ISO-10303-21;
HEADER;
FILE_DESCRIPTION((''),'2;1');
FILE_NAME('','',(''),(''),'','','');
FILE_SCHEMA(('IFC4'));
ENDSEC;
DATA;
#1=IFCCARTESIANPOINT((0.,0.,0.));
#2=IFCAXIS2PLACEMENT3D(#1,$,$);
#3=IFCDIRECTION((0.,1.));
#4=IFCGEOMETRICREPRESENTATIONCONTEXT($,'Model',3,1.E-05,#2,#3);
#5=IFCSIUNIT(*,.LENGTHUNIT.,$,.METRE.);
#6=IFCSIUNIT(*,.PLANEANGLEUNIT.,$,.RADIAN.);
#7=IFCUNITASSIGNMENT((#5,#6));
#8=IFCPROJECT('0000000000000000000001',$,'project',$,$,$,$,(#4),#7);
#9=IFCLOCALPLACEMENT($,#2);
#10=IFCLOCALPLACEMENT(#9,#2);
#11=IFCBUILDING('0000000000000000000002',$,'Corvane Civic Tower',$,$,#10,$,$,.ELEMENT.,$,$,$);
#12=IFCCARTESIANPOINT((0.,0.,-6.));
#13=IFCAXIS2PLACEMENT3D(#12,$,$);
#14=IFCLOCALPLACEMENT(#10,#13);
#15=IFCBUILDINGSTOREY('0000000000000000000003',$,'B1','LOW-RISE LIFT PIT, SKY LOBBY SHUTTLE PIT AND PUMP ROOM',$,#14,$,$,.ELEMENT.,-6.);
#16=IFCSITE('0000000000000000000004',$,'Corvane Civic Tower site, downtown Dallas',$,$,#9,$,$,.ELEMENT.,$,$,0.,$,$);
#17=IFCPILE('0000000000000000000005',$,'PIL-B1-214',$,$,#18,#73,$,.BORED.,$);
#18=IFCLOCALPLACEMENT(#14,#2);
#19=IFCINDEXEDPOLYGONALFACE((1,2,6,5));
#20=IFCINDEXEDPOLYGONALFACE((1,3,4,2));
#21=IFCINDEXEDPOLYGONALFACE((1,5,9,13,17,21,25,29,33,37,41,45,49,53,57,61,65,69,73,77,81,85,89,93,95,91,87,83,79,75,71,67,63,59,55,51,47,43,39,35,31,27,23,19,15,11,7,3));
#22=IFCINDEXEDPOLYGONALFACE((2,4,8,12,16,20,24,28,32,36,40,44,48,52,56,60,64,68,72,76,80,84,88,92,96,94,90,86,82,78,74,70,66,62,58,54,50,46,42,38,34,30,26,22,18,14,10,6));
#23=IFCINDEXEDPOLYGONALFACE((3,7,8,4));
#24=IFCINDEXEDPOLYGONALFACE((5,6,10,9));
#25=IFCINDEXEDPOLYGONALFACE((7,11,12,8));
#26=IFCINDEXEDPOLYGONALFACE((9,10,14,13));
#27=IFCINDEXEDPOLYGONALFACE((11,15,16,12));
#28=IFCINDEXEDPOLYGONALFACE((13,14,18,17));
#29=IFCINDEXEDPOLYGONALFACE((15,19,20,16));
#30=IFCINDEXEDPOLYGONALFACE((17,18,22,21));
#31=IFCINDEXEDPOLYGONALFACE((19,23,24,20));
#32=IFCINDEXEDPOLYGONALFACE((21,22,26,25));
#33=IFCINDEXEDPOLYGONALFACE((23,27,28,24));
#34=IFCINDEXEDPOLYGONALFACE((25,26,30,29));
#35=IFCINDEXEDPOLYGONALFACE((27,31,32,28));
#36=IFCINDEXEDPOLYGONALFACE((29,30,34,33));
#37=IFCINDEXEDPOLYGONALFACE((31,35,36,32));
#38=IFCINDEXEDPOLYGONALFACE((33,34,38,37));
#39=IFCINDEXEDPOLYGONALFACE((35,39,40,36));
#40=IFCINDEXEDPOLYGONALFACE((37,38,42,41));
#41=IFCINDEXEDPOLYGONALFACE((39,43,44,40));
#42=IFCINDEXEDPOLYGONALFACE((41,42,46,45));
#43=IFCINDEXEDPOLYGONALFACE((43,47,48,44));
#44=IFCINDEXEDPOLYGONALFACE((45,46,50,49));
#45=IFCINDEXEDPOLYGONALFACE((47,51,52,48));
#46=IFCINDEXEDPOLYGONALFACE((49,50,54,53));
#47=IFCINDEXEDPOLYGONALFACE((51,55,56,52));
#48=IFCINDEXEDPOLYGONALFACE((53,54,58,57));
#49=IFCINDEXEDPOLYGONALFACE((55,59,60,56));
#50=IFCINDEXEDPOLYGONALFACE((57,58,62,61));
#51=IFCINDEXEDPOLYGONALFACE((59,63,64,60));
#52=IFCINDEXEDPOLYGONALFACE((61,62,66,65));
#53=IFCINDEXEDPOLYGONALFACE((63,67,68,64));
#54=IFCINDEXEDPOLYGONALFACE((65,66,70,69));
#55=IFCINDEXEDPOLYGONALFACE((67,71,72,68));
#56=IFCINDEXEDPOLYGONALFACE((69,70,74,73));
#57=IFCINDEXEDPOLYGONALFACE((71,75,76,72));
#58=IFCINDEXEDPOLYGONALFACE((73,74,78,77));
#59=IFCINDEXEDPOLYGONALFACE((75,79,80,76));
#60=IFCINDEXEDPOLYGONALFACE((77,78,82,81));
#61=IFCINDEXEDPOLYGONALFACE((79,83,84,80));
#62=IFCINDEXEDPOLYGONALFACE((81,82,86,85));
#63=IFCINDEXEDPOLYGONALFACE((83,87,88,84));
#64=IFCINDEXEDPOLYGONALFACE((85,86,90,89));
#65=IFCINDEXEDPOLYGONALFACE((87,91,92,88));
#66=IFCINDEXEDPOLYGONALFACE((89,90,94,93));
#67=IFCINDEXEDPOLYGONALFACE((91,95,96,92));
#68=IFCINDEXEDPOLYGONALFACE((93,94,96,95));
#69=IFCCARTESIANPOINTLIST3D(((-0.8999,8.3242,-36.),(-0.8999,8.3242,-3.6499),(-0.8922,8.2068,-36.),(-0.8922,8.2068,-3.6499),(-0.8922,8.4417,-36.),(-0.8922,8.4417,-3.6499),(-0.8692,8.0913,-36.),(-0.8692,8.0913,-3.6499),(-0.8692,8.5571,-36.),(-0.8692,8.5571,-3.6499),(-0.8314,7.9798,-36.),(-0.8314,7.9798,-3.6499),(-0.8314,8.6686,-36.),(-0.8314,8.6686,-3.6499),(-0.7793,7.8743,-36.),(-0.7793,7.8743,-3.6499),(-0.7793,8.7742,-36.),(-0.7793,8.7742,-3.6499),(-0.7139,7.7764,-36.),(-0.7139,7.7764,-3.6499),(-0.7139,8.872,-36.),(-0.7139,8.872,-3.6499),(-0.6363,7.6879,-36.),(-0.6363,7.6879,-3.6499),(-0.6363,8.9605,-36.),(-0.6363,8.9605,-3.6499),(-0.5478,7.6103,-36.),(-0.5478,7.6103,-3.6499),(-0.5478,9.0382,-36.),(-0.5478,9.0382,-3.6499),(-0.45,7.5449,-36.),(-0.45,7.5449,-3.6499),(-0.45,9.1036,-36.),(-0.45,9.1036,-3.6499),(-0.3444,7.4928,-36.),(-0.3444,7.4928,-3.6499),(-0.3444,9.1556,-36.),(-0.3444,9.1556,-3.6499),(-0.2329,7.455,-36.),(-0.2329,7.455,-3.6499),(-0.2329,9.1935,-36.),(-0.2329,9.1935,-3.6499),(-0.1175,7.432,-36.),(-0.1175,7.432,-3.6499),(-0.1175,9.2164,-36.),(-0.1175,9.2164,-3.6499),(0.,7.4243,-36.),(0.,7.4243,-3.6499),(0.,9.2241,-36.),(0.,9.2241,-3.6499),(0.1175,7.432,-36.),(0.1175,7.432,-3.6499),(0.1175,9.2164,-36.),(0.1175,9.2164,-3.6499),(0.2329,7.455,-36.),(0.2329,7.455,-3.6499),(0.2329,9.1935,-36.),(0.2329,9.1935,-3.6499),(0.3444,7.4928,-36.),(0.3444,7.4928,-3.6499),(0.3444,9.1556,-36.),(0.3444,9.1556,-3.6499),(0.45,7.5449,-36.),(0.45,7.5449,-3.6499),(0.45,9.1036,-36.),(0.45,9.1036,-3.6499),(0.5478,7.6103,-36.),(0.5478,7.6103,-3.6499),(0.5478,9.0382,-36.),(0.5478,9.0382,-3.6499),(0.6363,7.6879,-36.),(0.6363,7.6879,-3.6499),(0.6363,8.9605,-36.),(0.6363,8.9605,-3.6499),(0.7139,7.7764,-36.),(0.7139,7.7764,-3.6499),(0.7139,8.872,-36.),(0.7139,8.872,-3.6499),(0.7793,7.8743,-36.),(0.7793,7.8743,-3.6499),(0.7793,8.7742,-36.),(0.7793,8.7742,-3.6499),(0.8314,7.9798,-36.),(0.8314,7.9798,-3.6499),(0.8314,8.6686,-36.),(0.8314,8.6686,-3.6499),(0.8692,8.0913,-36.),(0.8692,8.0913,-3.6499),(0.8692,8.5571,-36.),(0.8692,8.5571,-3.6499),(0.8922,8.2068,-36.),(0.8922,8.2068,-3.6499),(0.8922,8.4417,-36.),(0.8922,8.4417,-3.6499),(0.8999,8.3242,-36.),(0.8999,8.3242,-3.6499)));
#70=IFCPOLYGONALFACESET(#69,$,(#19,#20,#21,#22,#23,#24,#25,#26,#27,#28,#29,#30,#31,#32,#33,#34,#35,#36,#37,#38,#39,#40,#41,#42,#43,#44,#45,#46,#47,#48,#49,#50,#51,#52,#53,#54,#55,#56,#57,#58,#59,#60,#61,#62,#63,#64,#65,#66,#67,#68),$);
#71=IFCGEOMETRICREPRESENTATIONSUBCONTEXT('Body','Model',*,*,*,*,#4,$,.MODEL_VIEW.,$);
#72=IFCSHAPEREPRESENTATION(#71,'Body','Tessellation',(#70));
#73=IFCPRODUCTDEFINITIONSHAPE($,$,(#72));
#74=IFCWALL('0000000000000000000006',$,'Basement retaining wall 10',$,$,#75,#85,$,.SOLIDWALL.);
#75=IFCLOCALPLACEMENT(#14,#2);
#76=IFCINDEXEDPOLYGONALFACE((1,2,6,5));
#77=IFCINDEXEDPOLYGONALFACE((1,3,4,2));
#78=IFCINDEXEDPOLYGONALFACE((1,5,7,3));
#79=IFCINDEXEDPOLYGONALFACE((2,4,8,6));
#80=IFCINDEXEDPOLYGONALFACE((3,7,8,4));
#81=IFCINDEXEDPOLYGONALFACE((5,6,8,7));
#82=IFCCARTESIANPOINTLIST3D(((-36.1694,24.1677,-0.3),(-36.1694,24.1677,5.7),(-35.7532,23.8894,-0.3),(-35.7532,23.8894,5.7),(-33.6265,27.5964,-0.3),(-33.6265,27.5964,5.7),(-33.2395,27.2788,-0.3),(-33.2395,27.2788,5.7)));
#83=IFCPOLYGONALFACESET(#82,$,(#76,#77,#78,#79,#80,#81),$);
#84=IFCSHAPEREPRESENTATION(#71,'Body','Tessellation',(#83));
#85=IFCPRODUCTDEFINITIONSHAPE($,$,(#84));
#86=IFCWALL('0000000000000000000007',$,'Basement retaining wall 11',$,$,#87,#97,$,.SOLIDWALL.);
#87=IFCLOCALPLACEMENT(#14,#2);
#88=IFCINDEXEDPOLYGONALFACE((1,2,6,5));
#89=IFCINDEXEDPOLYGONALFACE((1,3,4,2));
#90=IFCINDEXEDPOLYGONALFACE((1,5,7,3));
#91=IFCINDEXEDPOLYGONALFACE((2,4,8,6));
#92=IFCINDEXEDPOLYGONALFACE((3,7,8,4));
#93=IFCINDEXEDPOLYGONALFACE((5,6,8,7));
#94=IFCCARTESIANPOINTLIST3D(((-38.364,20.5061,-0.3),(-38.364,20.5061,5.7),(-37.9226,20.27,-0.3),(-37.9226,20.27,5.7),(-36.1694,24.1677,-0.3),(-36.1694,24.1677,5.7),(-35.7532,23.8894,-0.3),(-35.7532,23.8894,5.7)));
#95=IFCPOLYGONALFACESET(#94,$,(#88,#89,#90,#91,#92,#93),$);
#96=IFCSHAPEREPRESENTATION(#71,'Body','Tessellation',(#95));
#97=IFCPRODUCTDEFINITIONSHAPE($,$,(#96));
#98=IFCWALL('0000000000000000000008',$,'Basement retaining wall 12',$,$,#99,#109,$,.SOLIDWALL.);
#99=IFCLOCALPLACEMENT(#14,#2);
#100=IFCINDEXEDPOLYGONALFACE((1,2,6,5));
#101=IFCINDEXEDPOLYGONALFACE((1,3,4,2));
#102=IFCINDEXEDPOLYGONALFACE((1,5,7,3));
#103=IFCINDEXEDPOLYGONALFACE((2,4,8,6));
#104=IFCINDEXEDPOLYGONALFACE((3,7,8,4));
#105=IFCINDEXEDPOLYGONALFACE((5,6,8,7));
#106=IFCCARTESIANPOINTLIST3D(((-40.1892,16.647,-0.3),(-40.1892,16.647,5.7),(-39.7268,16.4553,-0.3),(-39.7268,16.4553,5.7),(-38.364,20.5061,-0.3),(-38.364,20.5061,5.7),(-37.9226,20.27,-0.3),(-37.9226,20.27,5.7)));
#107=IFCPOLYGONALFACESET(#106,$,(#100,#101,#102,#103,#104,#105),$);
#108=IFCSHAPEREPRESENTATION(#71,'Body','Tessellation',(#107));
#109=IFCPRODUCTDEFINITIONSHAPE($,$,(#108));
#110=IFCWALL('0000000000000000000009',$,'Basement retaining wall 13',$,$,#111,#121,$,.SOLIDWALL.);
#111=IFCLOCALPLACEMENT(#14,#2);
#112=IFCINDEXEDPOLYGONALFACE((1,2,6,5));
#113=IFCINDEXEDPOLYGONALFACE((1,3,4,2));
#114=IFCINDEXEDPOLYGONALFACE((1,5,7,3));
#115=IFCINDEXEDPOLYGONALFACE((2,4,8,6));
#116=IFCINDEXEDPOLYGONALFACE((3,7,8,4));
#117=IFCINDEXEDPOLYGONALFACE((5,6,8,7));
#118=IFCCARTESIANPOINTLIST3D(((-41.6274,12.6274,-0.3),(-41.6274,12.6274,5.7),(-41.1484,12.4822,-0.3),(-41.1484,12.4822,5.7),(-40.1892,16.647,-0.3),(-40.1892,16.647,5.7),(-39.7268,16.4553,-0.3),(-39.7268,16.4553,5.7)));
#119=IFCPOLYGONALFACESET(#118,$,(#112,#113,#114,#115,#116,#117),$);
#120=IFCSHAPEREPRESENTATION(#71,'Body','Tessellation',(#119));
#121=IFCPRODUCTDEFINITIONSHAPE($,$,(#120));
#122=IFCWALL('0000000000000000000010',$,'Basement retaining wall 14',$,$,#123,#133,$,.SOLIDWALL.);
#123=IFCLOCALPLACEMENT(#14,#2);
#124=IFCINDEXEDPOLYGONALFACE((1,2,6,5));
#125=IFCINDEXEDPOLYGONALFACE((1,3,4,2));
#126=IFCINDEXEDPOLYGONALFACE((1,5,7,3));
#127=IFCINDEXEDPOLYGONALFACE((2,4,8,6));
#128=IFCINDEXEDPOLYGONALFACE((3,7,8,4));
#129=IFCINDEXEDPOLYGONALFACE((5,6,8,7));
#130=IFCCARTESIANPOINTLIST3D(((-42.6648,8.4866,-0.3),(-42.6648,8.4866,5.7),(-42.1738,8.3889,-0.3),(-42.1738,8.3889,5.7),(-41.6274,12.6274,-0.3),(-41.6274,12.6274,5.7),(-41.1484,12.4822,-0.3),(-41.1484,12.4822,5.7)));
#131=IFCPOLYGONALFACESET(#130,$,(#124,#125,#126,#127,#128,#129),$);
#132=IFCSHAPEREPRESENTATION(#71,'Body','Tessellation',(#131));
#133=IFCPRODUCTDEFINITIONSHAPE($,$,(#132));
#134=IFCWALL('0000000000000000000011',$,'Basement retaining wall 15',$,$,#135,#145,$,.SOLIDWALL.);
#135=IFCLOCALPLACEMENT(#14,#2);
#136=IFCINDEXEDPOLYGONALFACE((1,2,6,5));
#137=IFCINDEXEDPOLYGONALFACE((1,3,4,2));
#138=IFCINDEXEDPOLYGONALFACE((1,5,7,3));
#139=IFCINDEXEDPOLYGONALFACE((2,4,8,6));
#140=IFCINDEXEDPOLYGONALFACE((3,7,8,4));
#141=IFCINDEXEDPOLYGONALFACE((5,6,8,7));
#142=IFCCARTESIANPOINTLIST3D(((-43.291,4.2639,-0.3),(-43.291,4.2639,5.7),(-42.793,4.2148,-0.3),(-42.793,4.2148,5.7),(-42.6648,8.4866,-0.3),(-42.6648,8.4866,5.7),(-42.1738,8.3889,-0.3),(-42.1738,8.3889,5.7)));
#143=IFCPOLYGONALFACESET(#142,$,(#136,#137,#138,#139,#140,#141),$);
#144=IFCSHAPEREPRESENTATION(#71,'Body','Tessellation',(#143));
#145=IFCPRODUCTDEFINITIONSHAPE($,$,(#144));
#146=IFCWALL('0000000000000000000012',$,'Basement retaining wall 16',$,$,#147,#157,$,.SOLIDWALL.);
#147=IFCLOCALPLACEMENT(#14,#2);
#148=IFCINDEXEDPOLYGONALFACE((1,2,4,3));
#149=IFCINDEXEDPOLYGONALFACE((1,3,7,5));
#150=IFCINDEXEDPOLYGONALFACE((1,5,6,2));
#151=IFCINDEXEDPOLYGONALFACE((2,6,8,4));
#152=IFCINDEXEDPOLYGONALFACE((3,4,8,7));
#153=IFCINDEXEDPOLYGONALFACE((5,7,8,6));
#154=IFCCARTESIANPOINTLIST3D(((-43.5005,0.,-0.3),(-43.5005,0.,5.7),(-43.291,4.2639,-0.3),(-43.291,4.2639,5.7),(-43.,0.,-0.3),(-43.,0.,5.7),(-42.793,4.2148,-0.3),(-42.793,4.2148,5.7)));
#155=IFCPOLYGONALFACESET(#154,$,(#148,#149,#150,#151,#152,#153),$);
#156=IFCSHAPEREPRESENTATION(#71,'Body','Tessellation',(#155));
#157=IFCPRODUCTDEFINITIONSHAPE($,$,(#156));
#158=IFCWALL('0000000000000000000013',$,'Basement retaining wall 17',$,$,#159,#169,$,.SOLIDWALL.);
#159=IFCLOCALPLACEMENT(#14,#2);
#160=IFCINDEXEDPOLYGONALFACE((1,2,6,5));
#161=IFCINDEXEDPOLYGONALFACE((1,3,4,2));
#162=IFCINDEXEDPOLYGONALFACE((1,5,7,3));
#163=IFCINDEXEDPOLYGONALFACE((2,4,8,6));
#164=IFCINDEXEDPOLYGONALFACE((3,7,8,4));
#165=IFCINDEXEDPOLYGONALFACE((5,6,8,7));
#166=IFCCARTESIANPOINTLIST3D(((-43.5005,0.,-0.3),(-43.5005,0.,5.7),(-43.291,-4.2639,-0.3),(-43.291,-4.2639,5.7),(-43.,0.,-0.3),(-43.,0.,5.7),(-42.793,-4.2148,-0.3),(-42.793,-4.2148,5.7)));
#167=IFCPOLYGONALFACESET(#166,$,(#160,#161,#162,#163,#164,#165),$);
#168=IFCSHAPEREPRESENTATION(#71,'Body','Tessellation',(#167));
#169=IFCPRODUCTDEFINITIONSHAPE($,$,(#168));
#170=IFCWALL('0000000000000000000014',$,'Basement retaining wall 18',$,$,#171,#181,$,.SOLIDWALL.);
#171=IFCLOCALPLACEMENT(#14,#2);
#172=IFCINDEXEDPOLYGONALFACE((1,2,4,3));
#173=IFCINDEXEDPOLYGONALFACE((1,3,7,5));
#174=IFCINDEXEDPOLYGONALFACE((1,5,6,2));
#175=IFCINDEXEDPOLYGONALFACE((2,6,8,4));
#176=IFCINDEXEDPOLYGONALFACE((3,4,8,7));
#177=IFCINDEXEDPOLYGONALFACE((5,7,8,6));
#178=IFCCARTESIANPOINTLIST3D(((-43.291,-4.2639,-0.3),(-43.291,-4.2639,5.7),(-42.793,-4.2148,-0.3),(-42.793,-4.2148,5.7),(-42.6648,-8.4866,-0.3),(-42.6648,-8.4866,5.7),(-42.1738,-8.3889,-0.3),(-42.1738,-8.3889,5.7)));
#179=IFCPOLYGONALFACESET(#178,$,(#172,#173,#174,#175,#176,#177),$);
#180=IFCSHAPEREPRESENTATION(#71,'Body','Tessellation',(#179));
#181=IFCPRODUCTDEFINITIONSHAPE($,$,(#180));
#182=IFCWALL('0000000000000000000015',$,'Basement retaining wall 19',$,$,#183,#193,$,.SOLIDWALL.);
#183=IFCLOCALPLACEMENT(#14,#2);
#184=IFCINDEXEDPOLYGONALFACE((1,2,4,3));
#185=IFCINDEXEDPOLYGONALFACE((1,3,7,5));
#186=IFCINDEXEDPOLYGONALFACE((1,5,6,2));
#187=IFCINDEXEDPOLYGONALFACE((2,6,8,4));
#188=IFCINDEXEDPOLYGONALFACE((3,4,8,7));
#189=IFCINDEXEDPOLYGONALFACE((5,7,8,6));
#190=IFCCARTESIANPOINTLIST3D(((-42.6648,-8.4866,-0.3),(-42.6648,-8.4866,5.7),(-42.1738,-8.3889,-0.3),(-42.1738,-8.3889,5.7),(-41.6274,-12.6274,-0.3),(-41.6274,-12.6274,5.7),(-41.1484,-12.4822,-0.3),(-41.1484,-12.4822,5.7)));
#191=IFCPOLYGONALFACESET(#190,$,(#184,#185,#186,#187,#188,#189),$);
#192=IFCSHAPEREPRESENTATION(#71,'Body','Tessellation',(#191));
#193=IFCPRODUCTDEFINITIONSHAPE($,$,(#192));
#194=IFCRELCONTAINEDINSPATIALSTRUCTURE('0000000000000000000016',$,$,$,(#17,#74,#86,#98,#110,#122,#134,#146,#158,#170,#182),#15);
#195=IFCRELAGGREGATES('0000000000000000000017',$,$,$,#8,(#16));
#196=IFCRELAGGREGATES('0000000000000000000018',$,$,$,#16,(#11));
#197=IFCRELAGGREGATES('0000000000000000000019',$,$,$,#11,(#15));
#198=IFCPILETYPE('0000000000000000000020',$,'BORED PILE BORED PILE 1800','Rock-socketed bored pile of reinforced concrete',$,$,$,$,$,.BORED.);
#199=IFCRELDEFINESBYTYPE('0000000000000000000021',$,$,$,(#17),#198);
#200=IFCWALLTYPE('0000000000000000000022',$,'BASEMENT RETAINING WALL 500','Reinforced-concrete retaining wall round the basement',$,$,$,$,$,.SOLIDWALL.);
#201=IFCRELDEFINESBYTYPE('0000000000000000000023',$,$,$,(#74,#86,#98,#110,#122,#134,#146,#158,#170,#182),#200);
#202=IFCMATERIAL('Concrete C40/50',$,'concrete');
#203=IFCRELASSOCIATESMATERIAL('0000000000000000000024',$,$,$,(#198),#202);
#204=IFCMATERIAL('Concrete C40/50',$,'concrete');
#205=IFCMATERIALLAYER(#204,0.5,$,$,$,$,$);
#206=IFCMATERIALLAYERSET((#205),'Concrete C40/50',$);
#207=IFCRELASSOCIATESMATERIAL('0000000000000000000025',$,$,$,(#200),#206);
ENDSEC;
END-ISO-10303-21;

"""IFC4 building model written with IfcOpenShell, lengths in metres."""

from ifc_helpers import new_model, si_unit, direction, frame, origin, origin_2d, place, context, subcontext, project, spatial, polyline, circle, outline, extrude, material, layer, layer_set, material_profile, profile_set, type_object, element, save


model = new_model("IFC4")

# Units and contexts
model_context = context("Model", 3, precision=1e-05, world=origin(), true_north=direction((0.0, 1.0)))
body_context = subcontext(model_context, "Body", "Model", "MODEL_VIEW")
ifc_project = project(units=[si_unit("LENGTHUNIT", "METRE"), si_unit("PLANEANGLEUNIT", "RADIAN")], contexts=[model_context])

# Site, building, storey
site_placement = place(None, origin())
site = spatial("IfcSite", under=ifc_project, at=site_placement, Name="Corvane Civic Tower site, downtown Dallas", CompositionType="ELEMENT", RefElevation=0.0)
building_placement = place(site_placement, origin())
building = spatial("IfcBuilding", under=site, at=building_placement, Name="Corvane Civic Tower", CompositionType="ELEMENT")
storey_placement = place(building_placement, frame((0.0, 0.0, -6.0)))
storey = spatial("IfcBuildingStorey", under=building, at=storey_placement, Name="B1", Description="LOW-RISE LIFT PIT, SKY LOBBY SHUTTLE PIT AND PUMP ROOM", CompositionType="ELEMENT", Elevation=-6.0)

# Pile
ifc_material_1 = material(Name="Concrete C40/50", Category="concrete")
ifc_material_profile = material_profile(ifc_material_1, circle(Radius=0.8999, at=origin_2d()), Name="BORED PILE 1800")
ifc_profile_set = profile_set([ifc_material_profile], Name="Concrete C40/50")
pile_type = type_object("IfcPileType", Name="BORED PILE BORED PILE 1800", Description="Rock-socketed bored pile of reinforced concrete", PredefinedType="BORED", material=ifc_profile_set)
pile_placement = place(storey_placement, frame((0.0, 8.3242, -3.6499), z_axis=(0.0, 0.0, -1.0), x_axis=(1.0, 0.0, 0.0)))
element("IfcPile", 1, at=pile_placement, inside=storey, type_object=pile_type, Name="PIL-B1-214", PredefinedType="BORED", context=body_context, shape_type="SweptSolid", body=[
    extrude(circle(Radius=0.8999, at=origin_2d()), origin(), (0.0, 0.0, 1.0), 32.3501),
])

# Walls
ifc_material_2 = material(Name="Concrete C40/50", Category="concrete")
ifc_layer = layer(ifc_material_2, 0.5)
ifc_layer_set = layer_set([ifc_layer], Name="Concrete C40/50")
wall_type = type_object("IfcWallType", Name="BASEMENT RETAINING WALL 500", Description="Reinforced-concrete retaining wall round the basement", PredefinedType="SOLIDWALL", material=ifc_layer_set)
wall_1_placement = place(storey_placement, frame((0.0, 0.0, -0.3)))
element("IfcWall", 2, at=wall_1_placement, inside=storey, type_object=wall_type, Name="Basement retaining wall 10", PredefinedType="SOLIDWALL", context=body_context, shape_type="SweptSolid", body=[
    extrude(outline(polyline([(-33.2395, 27.2788), (-35.7532, 23.8894), (-36.1694, 24.1677), (-33.6265, 27.5964), (-33.2395, 27.2788)])), origin(), (0.0, 0.0, 1.0), 6.0),
])
wall_2_placement = place(storey_placement, frame((0.0, 0.0, -0.3)))
element("IfcWall", 3, at=wall_2_placement, inside=storey, type_object=wall_type, Name="Basement retaining wall 11", PredefinedType="SOLIDWALL", context=body_context, shape_type="SweptSolid", body=[
    extrude(outline(polyline([(-35.7532, 23.8894), (-37.9226, 20.27), (-38.364, 20.5061), (-36.1694, 24.1677), (-35.7532, 23.8894)])), origin(), (0.0, 0.0, 1.0), 6.0),
])
wall_3_placement = place(storey_placement, frame((0.0, 0.0, -0.3)))
element("IfcWall", 4, at=wall_3_placement, inside=storey, type_object=wall_type, Name="Basement retaining wall 12", PredefinedType="SOLIDWALL", context=body_context, shape_type="SweptSolid", body=[
    extrude(outline(polyline([(-37.9226, 20.27), (-39.7268, 16.4553), (-40.1892, 16.647), (-38.364, 20.5061), (-37.9226, 20.27)])), origin(), (0.0, 0.0, 1.0), 6.0),
])
wall_4_placement = place(storey_placement, frame((0.0, 0.0, -0.3)))
element("IfcWall", 5, at=wall_4_placement, inside=storey, type_object=wall_type, Name="Basement retaining wall 13", PredefinedType="SOLIDWALL", context=body_context, shape_type="SweptSolid", body=[
    extrude(outline(polyline([(-39.7268, 16.4553), (-41.1484, 12.4822), (-41.6274, 12.6274), (-40.1892, 16.647), (-39.7268, 16.4553)])), origin(), (0.0, 0.0, 1.0), 6.0),
])
wall_5_placement = place(storey_placement, frame((0.0, 0.0, -0.3)))
element("IfcWall", 6, at=wall_5_placement, inside=storey, type_object=wall_type, Name="Basement retaining wall 14", PredefinedType="SOLIDWALL", context=body_context, shape_type="SweptSolid", body=[
    extrude(outline(polyline([(-41.1484, 12.4822), (-42.1738, 8.3889), (-42.6648, 8.4866), (-41.6274, 12.6274), (-41.1484, 12.4822)])), origin(), (0.0, 0.0, 1.0), 6.0),
])
wall_6_placement = place(storey_placement, frame((0.0, 0.0, -0.3)))
element("IfcWall", 7, at=wall_6_placement, inside=storey, type_object=wall_type, Name="Basement retaining wall 15", PredefinedType="SOLIDWALL", context=body_context, shape_type="SweptSolid", body=[
    extrude(outline(polyline([(-42.1738, 8.3889), (-42.793, 4.2148), (-43.291, 4.2639), (-42.6648, 8.4866), (-42.1738, 8.3889)])), origin(), (0.0, 0.0, 1.0), 6.0),
])
wall_7_placement = place(storey_placement, frame((0.0, 0.0, -0.3)))
element("IfcWall", 8, at=wall_7_placement, inside=storey, type_object=wall_type, Name="Basement retaining wall 16", PredefinedType="SOLIDWALL", context=body_context, shape_type="SweptSolid", body=[
    extrude(outline(polyline([(-42.793, 4.2148), (-43.0, 0.0), (-43.5005, 0.0), (-43.291, 4.2639), (-42.793, 4.2148)])), origin(), (0.0, 0.0, 1.0), 6.0),
])
wall_8_placement = place(storey_placement, frame((0.0, 0.0, -0.3)))
element("IfcWall", 9, at=wall_8_placement, inside=storey, type_object=wall_type, Name="Basement retaining wall 17", PredefinedType="SOLIDWALL", context=body_context, shape_type="SweptSolid", body=[
    extrude(outline(polyline([(-43.0, 0.0), (-42.793, -4.2148), (-43.291, -4.2639), (-43.5005, 0.0), (-43.0, 0.0)])), origin(), (0.0, 0.0, 1.0), 6.0),
])
wall_9_placement = place(storey_placement, frame((0.0, 0.0, -0.3)))
element("IfcWall", 10, at=wall_9_placement, inside=storey, type_object=wall_type, Name="Basement retaining wall 18", PredefinedType="SOLIDWALL", context=body_context, shape_type="SweptSolid", body=[
    extrude(outline(polyline([(-42.793, -4.2148), (-42.1738, -8.3889), (-42.6648, -8.4866), (-43.291, -4.2639), (-42.793, -4.2148)])), origin(), (0.0, 0.0, 1.0), 6.0),
])
wall_10_placement = place(storey_placement, frame((0.0, 0.0, -0.3)))
element("IfcWall", 11, at=wall_10_placement, inside=storey, type_object=wall_type, Name="Basement retaining wall 19", PredefinedType="SOLIDWALL", context=body_context, shape_type="SweptSolid", body=[
    extrude(outline(polyline([(-42.1738, -8.3889), (-41.1484, -12.4822), (-41.6274, -12.6274), (-42.6648, -8.4866), (-42.1738, -8.3889)])), origin(), (0.0, 0.0, 1.0), 6.0),
])

save(model, "model.ifc")
